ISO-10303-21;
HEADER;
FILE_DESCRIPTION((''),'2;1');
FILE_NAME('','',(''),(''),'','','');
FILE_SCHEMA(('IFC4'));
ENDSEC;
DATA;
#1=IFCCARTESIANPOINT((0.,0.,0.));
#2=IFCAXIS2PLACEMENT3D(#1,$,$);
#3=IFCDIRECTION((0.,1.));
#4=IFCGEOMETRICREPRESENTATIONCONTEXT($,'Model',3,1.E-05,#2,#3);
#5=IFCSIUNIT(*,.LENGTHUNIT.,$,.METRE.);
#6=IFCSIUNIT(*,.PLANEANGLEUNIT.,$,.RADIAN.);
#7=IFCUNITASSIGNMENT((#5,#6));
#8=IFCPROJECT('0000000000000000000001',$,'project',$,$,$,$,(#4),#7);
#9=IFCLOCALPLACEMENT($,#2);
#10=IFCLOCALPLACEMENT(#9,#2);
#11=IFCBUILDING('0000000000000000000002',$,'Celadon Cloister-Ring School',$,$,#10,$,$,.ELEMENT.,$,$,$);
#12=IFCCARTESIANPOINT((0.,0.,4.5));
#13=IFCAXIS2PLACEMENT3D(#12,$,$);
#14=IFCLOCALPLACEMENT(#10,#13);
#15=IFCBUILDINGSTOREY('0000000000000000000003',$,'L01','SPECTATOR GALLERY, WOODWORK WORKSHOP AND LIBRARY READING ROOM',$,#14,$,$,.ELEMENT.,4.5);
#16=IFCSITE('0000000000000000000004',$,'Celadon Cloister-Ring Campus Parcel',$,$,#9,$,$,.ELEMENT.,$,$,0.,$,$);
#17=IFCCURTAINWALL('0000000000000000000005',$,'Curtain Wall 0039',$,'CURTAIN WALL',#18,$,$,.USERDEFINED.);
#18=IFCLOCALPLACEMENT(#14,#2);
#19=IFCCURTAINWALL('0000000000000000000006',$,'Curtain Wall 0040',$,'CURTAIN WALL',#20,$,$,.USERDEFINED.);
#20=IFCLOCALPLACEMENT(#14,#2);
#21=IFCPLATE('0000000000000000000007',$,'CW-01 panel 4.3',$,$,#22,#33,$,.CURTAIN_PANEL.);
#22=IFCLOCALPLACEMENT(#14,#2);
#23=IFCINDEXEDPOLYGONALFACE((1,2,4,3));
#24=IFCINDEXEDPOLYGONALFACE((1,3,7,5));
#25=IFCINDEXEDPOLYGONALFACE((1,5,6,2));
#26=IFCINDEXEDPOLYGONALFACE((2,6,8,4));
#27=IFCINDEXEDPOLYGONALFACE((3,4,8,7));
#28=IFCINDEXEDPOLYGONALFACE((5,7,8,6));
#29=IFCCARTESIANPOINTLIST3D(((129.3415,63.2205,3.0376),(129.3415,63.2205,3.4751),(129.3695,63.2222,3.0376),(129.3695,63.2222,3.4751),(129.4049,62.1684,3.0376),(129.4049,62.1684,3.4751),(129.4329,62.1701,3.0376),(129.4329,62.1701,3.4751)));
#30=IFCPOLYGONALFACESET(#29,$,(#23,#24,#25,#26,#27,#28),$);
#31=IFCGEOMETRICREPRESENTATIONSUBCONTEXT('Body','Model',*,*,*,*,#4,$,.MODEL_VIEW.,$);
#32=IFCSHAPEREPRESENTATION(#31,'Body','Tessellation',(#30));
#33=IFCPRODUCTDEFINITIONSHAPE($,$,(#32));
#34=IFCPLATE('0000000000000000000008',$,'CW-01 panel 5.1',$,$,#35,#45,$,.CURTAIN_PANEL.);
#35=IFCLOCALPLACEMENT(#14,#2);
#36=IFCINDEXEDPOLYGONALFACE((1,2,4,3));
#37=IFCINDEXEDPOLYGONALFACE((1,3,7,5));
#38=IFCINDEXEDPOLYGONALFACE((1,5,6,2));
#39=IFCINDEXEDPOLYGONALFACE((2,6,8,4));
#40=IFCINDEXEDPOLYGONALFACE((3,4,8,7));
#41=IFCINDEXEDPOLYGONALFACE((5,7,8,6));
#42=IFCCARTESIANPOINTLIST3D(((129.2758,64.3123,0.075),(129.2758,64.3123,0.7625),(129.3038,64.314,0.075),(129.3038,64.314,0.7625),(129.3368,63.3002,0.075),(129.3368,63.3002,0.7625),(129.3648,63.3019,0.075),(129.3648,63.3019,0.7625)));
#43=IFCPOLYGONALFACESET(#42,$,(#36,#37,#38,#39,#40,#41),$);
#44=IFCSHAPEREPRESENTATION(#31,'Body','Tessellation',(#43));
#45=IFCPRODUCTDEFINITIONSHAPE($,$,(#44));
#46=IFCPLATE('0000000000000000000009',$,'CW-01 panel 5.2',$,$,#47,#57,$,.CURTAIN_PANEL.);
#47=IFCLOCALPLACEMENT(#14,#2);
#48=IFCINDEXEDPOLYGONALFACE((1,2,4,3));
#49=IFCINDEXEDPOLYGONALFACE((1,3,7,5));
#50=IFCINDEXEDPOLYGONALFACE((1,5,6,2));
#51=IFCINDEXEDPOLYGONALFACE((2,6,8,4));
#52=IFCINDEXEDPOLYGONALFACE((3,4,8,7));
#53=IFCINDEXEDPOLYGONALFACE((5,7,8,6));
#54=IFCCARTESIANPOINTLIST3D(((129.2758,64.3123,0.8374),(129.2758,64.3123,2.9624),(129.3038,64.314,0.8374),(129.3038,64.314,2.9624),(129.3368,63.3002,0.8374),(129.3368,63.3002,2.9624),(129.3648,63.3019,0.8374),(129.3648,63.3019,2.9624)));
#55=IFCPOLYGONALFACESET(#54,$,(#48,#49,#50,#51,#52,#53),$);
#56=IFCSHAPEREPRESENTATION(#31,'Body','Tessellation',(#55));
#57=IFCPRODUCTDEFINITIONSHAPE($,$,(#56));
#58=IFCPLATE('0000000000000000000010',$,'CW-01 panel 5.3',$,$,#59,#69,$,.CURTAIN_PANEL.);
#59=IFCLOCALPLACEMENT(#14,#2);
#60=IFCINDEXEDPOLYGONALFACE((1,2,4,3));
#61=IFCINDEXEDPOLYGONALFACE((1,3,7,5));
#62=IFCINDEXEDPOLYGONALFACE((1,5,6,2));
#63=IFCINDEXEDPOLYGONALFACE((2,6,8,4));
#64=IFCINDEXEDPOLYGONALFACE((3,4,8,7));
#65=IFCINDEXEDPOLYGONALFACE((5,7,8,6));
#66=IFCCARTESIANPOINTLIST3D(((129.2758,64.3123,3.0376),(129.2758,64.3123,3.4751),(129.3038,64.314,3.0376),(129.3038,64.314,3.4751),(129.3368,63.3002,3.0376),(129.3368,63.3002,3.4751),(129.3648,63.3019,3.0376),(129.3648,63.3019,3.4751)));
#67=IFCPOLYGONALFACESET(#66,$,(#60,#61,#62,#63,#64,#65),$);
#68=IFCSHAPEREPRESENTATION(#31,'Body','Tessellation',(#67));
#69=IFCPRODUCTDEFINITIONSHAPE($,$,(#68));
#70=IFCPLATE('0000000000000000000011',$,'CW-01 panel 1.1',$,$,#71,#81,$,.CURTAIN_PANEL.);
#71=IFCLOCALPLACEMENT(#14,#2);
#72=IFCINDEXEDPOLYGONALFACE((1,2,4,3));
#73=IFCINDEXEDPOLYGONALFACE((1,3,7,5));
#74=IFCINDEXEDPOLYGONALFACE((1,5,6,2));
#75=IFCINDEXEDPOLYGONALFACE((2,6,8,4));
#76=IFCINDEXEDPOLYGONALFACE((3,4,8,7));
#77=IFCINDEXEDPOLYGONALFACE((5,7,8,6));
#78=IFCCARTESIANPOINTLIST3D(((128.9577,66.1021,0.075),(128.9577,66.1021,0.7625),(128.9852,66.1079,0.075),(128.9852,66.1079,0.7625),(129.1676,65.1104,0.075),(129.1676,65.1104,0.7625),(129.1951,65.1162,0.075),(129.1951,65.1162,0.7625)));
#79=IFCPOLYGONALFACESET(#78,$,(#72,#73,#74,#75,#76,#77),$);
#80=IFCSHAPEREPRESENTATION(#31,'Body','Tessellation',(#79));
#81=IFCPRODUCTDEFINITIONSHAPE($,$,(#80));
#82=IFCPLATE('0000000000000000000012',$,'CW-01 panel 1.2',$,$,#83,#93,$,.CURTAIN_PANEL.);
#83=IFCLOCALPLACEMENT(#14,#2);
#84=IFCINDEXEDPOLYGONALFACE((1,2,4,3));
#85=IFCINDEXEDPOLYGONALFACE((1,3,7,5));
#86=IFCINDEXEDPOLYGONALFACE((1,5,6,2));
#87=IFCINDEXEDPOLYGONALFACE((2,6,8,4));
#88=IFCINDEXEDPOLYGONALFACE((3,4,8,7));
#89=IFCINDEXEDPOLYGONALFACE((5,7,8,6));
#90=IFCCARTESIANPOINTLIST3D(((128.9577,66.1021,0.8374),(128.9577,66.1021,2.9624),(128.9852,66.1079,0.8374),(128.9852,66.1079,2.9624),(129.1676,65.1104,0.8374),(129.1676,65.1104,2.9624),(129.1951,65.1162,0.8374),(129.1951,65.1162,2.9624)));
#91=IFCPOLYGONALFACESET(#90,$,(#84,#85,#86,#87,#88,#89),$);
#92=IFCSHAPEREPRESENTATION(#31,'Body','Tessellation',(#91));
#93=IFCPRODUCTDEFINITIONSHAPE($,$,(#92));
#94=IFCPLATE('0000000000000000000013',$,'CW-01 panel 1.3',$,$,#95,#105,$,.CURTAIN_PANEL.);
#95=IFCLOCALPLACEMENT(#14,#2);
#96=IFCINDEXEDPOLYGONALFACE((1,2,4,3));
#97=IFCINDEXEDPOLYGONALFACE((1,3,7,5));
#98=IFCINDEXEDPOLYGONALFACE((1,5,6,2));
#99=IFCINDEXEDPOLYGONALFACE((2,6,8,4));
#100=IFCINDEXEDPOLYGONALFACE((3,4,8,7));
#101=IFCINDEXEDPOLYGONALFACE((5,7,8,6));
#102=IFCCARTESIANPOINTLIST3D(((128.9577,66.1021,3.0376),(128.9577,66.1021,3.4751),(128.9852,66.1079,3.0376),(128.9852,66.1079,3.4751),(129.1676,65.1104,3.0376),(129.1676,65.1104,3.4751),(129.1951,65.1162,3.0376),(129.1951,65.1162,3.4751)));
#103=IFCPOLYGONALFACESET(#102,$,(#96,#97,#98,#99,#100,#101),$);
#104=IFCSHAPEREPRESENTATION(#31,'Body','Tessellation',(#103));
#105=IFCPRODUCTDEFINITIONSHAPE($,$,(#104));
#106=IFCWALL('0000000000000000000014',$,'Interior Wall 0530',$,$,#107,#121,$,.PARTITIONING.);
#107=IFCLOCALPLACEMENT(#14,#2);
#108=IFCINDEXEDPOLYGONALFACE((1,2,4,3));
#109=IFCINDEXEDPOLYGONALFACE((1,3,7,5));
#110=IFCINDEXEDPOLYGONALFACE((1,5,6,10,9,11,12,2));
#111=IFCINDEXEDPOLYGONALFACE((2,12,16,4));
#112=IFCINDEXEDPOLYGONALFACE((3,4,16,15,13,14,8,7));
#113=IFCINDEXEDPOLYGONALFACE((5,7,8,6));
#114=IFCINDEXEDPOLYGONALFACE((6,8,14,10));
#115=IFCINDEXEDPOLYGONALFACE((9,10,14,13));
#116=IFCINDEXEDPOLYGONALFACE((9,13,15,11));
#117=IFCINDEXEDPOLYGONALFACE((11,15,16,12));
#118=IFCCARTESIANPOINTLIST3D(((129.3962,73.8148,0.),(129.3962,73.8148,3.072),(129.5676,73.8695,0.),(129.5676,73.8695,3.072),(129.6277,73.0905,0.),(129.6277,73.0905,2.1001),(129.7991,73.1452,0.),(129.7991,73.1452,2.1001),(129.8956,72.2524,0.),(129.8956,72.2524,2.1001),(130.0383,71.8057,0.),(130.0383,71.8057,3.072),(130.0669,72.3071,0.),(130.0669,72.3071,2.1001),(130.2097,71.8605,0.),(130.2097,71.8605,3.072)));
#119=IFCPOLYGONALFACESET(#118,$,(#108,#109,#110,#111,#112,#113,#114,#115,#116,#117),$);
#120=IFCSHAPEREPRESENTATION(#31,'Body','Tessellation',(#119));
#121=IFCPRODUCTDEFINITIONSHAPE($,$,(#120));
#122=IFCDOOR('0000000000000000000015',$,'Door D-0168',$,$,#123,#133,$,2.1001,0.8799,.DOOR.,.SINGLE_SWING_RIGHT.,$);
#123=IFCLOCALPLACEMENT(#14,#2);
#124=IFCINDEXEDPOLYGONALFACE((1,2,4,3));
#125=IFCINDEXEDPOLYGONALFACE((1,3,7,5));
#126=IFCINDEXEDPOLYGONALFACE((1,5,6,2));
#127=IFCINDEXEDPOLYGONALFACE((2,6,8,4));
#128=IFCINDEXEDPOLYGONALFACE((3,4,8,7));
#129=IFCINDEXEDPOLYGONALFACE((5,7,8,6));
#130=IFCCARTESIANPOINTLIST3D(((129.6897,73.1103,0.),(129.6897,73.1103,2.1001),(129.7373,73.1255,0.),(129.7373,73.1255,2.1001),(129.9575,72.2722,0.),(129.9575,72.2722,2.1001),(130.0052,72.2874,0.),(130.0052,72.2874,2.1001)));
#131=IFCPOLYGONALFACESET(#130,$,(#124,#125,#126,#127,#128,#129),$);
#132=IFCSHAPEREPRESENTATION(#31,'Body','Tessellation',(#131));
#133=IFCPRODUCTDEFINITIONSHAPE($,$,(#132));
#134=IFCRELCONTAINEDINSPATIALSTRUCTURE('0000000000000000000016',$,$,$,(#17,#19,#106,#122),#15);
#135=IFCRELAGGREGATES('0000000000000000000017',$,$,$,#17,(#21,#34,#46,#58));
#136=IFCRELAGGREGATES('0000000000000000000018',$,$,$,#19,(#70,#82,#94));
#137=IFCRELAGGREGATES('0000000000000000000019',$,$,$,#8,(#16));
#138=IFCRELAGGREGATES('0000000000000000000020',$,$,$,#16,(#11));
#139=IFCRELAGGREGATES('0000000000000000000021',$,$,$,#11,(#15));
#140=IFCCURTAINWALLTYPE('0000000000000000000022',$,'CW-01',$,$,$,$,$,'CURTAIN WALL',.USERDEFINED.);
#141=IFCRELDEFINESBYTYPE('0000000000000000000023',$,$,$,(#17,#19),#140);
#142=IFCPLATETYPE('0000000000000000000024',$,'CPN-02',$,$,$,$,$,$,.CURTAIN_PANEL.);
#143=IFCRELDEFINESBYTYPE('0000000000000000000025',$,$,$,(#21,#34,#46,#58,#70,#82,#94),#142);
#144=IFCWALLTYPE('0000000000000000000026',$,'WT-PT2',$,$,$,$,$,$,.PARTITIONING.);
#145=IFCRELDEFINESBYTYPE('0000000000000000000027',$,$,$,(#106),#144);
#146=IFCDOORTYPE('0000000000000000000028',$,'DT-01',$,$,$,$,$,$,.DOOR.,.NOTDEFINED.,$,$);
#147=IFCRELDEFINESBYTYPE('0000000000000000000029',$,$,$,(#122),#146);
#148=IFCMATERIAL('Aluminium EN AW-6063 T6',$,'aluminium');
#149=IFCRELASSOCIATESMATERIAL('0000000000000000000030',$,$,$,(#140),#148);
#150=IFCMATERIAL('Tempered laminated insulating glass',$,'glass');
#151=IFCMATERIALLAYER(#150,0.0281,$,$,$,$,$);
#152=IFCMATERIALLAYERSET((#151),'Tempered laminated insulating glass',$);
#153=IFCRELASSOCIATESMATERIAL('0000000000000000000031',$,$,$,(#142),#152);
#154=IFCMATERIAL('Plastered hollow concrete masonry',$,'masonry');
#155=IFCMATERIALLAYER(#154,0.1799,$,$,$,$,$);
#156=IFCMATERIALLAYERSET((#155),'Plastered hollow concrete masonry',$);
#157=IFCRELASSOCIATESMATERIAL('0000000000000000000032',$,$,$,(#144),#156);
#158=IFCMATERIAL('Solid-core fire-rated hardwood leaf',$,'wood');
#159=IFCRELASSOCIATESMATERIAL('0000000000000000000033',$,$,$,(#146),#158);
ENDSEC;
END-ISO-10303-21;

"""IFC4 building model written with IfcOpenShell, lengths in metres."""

from ifc_helpers import new_model, si_unit, direction, frame, frame_2d, origin, origin_2d, place, context, subcontext, project, spatial, rectangle, extrude, material, layer, layer_set, type_object, element, fill, aggregate, save


model = new_model("IFC4")

# Units and contexts
model_context = context("Model", 3, precision=1e-05, world=origin(), true_north=direction((0.0, 1.0)))
body_context = subcontext(model_context, "Body", "Model", "MODEL_VIEW")
ifc_project = project(units=[si_unit("LENGTHUNIT", "METRE"), si_unit("PLANEANGLEUNIT", "RADIAN")], contexts=[model_context])

# Site, building, storey
site_placement = place(None, origin())
site = spatial("IfcSite", under=ifc_project, at=site_placement, Name="Celadon Cloister-Ring Campus Parcel", CompositionType="ELEMENT", RefElevation=0.0)
building_placement = place(site_placement, origin())
building = spatial("IfcBuilding", under=site, at=building_placement, Name="Celadon Cloister-Ring School", CompositionType="ELEMENT")
storey_placement = place(building_placement, frame((0.0, 0.0, 4.5)))
storey = spatial("IfcBuildingStorey", under=building, at=storey_placement, Name="L01", Description="SPECTATOR GALLERY, WOODWORK WORKSHOP AND LIBRARY READING ROOM", CompositionType="ELEMENT", Elevation=4.5)

# Curtain walls
ifc_material_1 = material(Name="Aluminium EN AW-6063 T6", Category="aluminium")
curtain_wall_type = type_object("IfcCurtainWallType", Name="CW-01", ElementType="CURTAIN WALL", PredefinedType="USERDEFINED", material=ifc_material_1)
curtain_wall_1_placement = place(storey_placement, origin())
curtain_wall_1 = element("IfcCurtainWall", 1, at=curtain_wall_1_placement, inside=storey, type_object=curtain_wall_type, Name="Curtain Wall 0039", ObjectType="CURTAIN WALL", PredefinedType="USERDEFINED")
curtain_wall_2_placement = place(storey_placement, origin())
curtain_wall_2 = element("IfcCurtainWall", 2, at=curtain_wall_2_placement, inside=storey, type_object=curtain_wall_type, Name="Curtain Wall 0040", ObjectType="CURTAIN WALL", PredefinedType="USERDEFINED")

# Plates
ifc_material_2 = material(Name="Tempered laminated insulating glass", Category="glass")
ifc_layer_1 = layer(ifc_material_2, 0.0281)
ifc_layer_set_1 = layer_set([ifc_layer_1], Name="Tempered laminated insulating glass")
plate_type = type_object("IfcPlateType", Name="CPN-02", PredefinedType="CURTAIN_PANEL", material=ifc_layer_set_1)
plate_1_placement = place(storey_placement, frame((129.3872, 62.6953, 3.0376), z_axis=(0.0, 0.0, 1.0), x_axis=(-0.060149, 0.998189, 0.0)))
plate_1 = element("IfcPlate", 3, at=plate_1_placement, type_object=plate_type, Name="CW-01 panel 4.3", PredefinedType="CURTAIN_PANEL", context=body_context, shape_type="SweptSolid", body=[
    extrude(rectangle(XDim=1.054, YDim=0.0281, at=origin_2d()), origin(), (0.0, 0.0, 1.0), 0.4375),
])
plate_2_placement = place(storey_placement, frame((129.3203, 63.8071, 0.075), z_axis=(0.0, 0.0, 1.0), x_axis=(-0.060149, 0.998189, 0.0)))
plate_2 = element("IfcPlate", 4, at=plate_2_placement, type_object=plate_type, Name="CW-01 panel 5.1", PredefinedType="CURTAIN_PANEL", context=body_context, shape_type="SweptSolid", body=[
    extrude(rectangle(XDim=1.0139, YDim=0.0281, at=origin_2d()), origin(), (0.0, 0.0, 1.0), 0.6875),
])
plate_3_placement = place(storey_placement, frame((129.3203, 63.8071, 0.8374), z_axis=(0.0, 0.0, 1.0), x_axis=(-0.060149, 0.998189, 0.0)))
plate_3 = element("IfcPlate", 5, at=plate_3_placement, type_object=plate_type, Name="CW-01 panel 5.2", PredefinedType="CURTAIN_PANEL", context=body_context, shape_type="SweptSolid", body=[
    extrude(rectangle(XDim=1.0139, YDim=0.0281, at=origin_2d()), origin(), (0.0, 0.0, 1.0), 2.125),
])
plate_4_placement = place(storey_placement, frame((129.3203, 63.8071, 3.0376), z_axis=(0.0, 0.0, 1.0), x_axis=(-0.060149, 0.998189, 0.0)))
plate_4 = element("IfcPlate", 6, at=plate_4_placement, type_object=plate_type, Name="CW-01 panel 5.3", PredefinedType="CURTAIN_PANEL", context=body_context, shape_type="SweptSolid", body=[
    extrude(rectangle(XDim=1.0139, YDim=0.0281, at=origin_2d()), origin(), (0.0, 0.0, 1.0), 0.4375),
])
aggregate(curtain_wall_1, [plate_1, plate_2, plate_3, plate_4])
plate_5_placement = place(storey_placement, frame((129.0764, 65.6091, 0.075), z_axis=(0.0, 0.0, 1.0), x_axis=(-0.207095, 0.978321, 0.0)))
plate_5 = element("IfcPlate", 7, at=plate_5_placement, type_object=plate_type, Name="CW-01 panel 1.1", PredefinedType="CURTAIN_PANEL", context=body_context, shape_type="SweptSolid", body=[
    extrude(rectangle(XDim=1.0137, YDim=0.0281, at=origin_2d()), origin(), (0.0, 0.0, 1.0), 0.6875),
])
plate_6_placement = place(storey_placement, frame((129.0764, 65.6091, 0.8374), z_axis=(0.0, 0.0, 1.0), x_axis=(-0.207095, 0.978321, 0.0)))
plate_6 = element("IfcPlate", 8, at=plate_6_placement, type_object=plate_type, Name="CW-01 panel 1.2", PredefinedType="CURTAIN_PANEL", context=body_context, shape_type="SweptSolid", body=[
    extrude(rectangle(XDim=1.0137, YDim=0.0281, at=origin_2d()), origin(), (0.0, 0.0, 1.0), 2.125),
])
plate_7_placement = place(storey_placement, frame((129.0764, 65.6091, 3.0376), z_axis=(0.0, 0.0, 1.0), x_axis=(-0.207095, 0.978321, 0.0)))
plate_7 = element("IfcPlate", 9, at=plate_7_placement, type_object=plate_type, Name="CW-01 panel 1.3", PredefinedType="CURTAIN_PANEL", context=body_context, shape_type="SweptSolid", body=[
    extrude(rectangle(XDim=1.0137, YDim=0.0281, at=origin_2d()), origin(), (0.0, 0.0, 1.0), 0.4375),
])
aggregate(curtain_wall_2, [plate_5, plate_6, plate_7])

# Wall, opening, door
ifc_material_3 = material(Name="Plastered hollow concrete masonry", Category="masonry")
ifc_layer_2 = layer(ifc_material_3, 0.1799)
ifc_layer_set_2 = layer_set([ifc_layer_2], Name="Plastered hollow concrete masonry")
wall_type = type_object("IfcWallType", Name="WT-PT2", PredefinedType="PARTITIONING", material=ifc_layer_set_2)
wall_placement = place(storey_placement, frame((130.124, 71.833, 0.0), z_axis=(0.0, 0.0, 1.0), x_axis=(-0.304431, 0.952534, 0.0)))
wall = element("IfcWall", 10, at=wall_placement, inside=storey, type_object=wall_type, Name="Interior Wall 0530", PredefinedType="PARTITIONING", context=body_context, shape_type="SweptSolid", body=[
    extrude(rectangle(XDim=2.1091, YDim=0.1799, at=frame_2d((1.0547, 0.0))), origin(), (0.0, 0.0, 1.0), 3.072),
])
opening_placement = place(wall_placement, frame((0.469, 0.0, 0.0)))
opening = element("IfcOpeningElement", 11, at=opening_placement, cuts=wall, PredefinedType="OPENING", context=body_context, shape_type="SweptSolid", body=[
    extrude(rectangle(XDim=0.8799, YDim=2.1001, at=frame_2d((0.4399, 1.05))), frame((0.0, 0.1001, 0.0), z_axis=(0.0, -1.0, 0.0), x_axis=(1.0, 0.0, 0.0)), (0.0, 0.0, 1.0), 0.2),
])
ifc_material_4 = material(Name="Solid-core fire-rated hardwood leaf", Category="wood")
door_type = type_object("IfcDoorType", Name="DT-01", OperationType="NOTDEFINED", PredefinedType="DOOR", material=ifc_material_4)
door_placement = place(opening_placement, origin())
door = element("IfcDoor", 12, at=door_placement, inside=storey, type_object=door_type, Name="Door D-0168", OperationType="SINGLE_SWING_RIGHT", OverallHeight=2.1001, OverallWidth=0.8799, PredefinedType="DOOR", context=body_context, shape_type="SweptSolid", body=[
    extrude(rectangle(XDim=0.8799, YDim=2.1001, at=frame_2d((0.4399, 1.05))), frame((0.0, 0.0249, 0.0), z_axis=(0.0, -1.0, 0.0), x_axis=(1.0, 0.0, 0.0)), (0.0, 0.0, 1.0), 0.05),
])
fill(opening, door)

save(model, "model.ifc")
